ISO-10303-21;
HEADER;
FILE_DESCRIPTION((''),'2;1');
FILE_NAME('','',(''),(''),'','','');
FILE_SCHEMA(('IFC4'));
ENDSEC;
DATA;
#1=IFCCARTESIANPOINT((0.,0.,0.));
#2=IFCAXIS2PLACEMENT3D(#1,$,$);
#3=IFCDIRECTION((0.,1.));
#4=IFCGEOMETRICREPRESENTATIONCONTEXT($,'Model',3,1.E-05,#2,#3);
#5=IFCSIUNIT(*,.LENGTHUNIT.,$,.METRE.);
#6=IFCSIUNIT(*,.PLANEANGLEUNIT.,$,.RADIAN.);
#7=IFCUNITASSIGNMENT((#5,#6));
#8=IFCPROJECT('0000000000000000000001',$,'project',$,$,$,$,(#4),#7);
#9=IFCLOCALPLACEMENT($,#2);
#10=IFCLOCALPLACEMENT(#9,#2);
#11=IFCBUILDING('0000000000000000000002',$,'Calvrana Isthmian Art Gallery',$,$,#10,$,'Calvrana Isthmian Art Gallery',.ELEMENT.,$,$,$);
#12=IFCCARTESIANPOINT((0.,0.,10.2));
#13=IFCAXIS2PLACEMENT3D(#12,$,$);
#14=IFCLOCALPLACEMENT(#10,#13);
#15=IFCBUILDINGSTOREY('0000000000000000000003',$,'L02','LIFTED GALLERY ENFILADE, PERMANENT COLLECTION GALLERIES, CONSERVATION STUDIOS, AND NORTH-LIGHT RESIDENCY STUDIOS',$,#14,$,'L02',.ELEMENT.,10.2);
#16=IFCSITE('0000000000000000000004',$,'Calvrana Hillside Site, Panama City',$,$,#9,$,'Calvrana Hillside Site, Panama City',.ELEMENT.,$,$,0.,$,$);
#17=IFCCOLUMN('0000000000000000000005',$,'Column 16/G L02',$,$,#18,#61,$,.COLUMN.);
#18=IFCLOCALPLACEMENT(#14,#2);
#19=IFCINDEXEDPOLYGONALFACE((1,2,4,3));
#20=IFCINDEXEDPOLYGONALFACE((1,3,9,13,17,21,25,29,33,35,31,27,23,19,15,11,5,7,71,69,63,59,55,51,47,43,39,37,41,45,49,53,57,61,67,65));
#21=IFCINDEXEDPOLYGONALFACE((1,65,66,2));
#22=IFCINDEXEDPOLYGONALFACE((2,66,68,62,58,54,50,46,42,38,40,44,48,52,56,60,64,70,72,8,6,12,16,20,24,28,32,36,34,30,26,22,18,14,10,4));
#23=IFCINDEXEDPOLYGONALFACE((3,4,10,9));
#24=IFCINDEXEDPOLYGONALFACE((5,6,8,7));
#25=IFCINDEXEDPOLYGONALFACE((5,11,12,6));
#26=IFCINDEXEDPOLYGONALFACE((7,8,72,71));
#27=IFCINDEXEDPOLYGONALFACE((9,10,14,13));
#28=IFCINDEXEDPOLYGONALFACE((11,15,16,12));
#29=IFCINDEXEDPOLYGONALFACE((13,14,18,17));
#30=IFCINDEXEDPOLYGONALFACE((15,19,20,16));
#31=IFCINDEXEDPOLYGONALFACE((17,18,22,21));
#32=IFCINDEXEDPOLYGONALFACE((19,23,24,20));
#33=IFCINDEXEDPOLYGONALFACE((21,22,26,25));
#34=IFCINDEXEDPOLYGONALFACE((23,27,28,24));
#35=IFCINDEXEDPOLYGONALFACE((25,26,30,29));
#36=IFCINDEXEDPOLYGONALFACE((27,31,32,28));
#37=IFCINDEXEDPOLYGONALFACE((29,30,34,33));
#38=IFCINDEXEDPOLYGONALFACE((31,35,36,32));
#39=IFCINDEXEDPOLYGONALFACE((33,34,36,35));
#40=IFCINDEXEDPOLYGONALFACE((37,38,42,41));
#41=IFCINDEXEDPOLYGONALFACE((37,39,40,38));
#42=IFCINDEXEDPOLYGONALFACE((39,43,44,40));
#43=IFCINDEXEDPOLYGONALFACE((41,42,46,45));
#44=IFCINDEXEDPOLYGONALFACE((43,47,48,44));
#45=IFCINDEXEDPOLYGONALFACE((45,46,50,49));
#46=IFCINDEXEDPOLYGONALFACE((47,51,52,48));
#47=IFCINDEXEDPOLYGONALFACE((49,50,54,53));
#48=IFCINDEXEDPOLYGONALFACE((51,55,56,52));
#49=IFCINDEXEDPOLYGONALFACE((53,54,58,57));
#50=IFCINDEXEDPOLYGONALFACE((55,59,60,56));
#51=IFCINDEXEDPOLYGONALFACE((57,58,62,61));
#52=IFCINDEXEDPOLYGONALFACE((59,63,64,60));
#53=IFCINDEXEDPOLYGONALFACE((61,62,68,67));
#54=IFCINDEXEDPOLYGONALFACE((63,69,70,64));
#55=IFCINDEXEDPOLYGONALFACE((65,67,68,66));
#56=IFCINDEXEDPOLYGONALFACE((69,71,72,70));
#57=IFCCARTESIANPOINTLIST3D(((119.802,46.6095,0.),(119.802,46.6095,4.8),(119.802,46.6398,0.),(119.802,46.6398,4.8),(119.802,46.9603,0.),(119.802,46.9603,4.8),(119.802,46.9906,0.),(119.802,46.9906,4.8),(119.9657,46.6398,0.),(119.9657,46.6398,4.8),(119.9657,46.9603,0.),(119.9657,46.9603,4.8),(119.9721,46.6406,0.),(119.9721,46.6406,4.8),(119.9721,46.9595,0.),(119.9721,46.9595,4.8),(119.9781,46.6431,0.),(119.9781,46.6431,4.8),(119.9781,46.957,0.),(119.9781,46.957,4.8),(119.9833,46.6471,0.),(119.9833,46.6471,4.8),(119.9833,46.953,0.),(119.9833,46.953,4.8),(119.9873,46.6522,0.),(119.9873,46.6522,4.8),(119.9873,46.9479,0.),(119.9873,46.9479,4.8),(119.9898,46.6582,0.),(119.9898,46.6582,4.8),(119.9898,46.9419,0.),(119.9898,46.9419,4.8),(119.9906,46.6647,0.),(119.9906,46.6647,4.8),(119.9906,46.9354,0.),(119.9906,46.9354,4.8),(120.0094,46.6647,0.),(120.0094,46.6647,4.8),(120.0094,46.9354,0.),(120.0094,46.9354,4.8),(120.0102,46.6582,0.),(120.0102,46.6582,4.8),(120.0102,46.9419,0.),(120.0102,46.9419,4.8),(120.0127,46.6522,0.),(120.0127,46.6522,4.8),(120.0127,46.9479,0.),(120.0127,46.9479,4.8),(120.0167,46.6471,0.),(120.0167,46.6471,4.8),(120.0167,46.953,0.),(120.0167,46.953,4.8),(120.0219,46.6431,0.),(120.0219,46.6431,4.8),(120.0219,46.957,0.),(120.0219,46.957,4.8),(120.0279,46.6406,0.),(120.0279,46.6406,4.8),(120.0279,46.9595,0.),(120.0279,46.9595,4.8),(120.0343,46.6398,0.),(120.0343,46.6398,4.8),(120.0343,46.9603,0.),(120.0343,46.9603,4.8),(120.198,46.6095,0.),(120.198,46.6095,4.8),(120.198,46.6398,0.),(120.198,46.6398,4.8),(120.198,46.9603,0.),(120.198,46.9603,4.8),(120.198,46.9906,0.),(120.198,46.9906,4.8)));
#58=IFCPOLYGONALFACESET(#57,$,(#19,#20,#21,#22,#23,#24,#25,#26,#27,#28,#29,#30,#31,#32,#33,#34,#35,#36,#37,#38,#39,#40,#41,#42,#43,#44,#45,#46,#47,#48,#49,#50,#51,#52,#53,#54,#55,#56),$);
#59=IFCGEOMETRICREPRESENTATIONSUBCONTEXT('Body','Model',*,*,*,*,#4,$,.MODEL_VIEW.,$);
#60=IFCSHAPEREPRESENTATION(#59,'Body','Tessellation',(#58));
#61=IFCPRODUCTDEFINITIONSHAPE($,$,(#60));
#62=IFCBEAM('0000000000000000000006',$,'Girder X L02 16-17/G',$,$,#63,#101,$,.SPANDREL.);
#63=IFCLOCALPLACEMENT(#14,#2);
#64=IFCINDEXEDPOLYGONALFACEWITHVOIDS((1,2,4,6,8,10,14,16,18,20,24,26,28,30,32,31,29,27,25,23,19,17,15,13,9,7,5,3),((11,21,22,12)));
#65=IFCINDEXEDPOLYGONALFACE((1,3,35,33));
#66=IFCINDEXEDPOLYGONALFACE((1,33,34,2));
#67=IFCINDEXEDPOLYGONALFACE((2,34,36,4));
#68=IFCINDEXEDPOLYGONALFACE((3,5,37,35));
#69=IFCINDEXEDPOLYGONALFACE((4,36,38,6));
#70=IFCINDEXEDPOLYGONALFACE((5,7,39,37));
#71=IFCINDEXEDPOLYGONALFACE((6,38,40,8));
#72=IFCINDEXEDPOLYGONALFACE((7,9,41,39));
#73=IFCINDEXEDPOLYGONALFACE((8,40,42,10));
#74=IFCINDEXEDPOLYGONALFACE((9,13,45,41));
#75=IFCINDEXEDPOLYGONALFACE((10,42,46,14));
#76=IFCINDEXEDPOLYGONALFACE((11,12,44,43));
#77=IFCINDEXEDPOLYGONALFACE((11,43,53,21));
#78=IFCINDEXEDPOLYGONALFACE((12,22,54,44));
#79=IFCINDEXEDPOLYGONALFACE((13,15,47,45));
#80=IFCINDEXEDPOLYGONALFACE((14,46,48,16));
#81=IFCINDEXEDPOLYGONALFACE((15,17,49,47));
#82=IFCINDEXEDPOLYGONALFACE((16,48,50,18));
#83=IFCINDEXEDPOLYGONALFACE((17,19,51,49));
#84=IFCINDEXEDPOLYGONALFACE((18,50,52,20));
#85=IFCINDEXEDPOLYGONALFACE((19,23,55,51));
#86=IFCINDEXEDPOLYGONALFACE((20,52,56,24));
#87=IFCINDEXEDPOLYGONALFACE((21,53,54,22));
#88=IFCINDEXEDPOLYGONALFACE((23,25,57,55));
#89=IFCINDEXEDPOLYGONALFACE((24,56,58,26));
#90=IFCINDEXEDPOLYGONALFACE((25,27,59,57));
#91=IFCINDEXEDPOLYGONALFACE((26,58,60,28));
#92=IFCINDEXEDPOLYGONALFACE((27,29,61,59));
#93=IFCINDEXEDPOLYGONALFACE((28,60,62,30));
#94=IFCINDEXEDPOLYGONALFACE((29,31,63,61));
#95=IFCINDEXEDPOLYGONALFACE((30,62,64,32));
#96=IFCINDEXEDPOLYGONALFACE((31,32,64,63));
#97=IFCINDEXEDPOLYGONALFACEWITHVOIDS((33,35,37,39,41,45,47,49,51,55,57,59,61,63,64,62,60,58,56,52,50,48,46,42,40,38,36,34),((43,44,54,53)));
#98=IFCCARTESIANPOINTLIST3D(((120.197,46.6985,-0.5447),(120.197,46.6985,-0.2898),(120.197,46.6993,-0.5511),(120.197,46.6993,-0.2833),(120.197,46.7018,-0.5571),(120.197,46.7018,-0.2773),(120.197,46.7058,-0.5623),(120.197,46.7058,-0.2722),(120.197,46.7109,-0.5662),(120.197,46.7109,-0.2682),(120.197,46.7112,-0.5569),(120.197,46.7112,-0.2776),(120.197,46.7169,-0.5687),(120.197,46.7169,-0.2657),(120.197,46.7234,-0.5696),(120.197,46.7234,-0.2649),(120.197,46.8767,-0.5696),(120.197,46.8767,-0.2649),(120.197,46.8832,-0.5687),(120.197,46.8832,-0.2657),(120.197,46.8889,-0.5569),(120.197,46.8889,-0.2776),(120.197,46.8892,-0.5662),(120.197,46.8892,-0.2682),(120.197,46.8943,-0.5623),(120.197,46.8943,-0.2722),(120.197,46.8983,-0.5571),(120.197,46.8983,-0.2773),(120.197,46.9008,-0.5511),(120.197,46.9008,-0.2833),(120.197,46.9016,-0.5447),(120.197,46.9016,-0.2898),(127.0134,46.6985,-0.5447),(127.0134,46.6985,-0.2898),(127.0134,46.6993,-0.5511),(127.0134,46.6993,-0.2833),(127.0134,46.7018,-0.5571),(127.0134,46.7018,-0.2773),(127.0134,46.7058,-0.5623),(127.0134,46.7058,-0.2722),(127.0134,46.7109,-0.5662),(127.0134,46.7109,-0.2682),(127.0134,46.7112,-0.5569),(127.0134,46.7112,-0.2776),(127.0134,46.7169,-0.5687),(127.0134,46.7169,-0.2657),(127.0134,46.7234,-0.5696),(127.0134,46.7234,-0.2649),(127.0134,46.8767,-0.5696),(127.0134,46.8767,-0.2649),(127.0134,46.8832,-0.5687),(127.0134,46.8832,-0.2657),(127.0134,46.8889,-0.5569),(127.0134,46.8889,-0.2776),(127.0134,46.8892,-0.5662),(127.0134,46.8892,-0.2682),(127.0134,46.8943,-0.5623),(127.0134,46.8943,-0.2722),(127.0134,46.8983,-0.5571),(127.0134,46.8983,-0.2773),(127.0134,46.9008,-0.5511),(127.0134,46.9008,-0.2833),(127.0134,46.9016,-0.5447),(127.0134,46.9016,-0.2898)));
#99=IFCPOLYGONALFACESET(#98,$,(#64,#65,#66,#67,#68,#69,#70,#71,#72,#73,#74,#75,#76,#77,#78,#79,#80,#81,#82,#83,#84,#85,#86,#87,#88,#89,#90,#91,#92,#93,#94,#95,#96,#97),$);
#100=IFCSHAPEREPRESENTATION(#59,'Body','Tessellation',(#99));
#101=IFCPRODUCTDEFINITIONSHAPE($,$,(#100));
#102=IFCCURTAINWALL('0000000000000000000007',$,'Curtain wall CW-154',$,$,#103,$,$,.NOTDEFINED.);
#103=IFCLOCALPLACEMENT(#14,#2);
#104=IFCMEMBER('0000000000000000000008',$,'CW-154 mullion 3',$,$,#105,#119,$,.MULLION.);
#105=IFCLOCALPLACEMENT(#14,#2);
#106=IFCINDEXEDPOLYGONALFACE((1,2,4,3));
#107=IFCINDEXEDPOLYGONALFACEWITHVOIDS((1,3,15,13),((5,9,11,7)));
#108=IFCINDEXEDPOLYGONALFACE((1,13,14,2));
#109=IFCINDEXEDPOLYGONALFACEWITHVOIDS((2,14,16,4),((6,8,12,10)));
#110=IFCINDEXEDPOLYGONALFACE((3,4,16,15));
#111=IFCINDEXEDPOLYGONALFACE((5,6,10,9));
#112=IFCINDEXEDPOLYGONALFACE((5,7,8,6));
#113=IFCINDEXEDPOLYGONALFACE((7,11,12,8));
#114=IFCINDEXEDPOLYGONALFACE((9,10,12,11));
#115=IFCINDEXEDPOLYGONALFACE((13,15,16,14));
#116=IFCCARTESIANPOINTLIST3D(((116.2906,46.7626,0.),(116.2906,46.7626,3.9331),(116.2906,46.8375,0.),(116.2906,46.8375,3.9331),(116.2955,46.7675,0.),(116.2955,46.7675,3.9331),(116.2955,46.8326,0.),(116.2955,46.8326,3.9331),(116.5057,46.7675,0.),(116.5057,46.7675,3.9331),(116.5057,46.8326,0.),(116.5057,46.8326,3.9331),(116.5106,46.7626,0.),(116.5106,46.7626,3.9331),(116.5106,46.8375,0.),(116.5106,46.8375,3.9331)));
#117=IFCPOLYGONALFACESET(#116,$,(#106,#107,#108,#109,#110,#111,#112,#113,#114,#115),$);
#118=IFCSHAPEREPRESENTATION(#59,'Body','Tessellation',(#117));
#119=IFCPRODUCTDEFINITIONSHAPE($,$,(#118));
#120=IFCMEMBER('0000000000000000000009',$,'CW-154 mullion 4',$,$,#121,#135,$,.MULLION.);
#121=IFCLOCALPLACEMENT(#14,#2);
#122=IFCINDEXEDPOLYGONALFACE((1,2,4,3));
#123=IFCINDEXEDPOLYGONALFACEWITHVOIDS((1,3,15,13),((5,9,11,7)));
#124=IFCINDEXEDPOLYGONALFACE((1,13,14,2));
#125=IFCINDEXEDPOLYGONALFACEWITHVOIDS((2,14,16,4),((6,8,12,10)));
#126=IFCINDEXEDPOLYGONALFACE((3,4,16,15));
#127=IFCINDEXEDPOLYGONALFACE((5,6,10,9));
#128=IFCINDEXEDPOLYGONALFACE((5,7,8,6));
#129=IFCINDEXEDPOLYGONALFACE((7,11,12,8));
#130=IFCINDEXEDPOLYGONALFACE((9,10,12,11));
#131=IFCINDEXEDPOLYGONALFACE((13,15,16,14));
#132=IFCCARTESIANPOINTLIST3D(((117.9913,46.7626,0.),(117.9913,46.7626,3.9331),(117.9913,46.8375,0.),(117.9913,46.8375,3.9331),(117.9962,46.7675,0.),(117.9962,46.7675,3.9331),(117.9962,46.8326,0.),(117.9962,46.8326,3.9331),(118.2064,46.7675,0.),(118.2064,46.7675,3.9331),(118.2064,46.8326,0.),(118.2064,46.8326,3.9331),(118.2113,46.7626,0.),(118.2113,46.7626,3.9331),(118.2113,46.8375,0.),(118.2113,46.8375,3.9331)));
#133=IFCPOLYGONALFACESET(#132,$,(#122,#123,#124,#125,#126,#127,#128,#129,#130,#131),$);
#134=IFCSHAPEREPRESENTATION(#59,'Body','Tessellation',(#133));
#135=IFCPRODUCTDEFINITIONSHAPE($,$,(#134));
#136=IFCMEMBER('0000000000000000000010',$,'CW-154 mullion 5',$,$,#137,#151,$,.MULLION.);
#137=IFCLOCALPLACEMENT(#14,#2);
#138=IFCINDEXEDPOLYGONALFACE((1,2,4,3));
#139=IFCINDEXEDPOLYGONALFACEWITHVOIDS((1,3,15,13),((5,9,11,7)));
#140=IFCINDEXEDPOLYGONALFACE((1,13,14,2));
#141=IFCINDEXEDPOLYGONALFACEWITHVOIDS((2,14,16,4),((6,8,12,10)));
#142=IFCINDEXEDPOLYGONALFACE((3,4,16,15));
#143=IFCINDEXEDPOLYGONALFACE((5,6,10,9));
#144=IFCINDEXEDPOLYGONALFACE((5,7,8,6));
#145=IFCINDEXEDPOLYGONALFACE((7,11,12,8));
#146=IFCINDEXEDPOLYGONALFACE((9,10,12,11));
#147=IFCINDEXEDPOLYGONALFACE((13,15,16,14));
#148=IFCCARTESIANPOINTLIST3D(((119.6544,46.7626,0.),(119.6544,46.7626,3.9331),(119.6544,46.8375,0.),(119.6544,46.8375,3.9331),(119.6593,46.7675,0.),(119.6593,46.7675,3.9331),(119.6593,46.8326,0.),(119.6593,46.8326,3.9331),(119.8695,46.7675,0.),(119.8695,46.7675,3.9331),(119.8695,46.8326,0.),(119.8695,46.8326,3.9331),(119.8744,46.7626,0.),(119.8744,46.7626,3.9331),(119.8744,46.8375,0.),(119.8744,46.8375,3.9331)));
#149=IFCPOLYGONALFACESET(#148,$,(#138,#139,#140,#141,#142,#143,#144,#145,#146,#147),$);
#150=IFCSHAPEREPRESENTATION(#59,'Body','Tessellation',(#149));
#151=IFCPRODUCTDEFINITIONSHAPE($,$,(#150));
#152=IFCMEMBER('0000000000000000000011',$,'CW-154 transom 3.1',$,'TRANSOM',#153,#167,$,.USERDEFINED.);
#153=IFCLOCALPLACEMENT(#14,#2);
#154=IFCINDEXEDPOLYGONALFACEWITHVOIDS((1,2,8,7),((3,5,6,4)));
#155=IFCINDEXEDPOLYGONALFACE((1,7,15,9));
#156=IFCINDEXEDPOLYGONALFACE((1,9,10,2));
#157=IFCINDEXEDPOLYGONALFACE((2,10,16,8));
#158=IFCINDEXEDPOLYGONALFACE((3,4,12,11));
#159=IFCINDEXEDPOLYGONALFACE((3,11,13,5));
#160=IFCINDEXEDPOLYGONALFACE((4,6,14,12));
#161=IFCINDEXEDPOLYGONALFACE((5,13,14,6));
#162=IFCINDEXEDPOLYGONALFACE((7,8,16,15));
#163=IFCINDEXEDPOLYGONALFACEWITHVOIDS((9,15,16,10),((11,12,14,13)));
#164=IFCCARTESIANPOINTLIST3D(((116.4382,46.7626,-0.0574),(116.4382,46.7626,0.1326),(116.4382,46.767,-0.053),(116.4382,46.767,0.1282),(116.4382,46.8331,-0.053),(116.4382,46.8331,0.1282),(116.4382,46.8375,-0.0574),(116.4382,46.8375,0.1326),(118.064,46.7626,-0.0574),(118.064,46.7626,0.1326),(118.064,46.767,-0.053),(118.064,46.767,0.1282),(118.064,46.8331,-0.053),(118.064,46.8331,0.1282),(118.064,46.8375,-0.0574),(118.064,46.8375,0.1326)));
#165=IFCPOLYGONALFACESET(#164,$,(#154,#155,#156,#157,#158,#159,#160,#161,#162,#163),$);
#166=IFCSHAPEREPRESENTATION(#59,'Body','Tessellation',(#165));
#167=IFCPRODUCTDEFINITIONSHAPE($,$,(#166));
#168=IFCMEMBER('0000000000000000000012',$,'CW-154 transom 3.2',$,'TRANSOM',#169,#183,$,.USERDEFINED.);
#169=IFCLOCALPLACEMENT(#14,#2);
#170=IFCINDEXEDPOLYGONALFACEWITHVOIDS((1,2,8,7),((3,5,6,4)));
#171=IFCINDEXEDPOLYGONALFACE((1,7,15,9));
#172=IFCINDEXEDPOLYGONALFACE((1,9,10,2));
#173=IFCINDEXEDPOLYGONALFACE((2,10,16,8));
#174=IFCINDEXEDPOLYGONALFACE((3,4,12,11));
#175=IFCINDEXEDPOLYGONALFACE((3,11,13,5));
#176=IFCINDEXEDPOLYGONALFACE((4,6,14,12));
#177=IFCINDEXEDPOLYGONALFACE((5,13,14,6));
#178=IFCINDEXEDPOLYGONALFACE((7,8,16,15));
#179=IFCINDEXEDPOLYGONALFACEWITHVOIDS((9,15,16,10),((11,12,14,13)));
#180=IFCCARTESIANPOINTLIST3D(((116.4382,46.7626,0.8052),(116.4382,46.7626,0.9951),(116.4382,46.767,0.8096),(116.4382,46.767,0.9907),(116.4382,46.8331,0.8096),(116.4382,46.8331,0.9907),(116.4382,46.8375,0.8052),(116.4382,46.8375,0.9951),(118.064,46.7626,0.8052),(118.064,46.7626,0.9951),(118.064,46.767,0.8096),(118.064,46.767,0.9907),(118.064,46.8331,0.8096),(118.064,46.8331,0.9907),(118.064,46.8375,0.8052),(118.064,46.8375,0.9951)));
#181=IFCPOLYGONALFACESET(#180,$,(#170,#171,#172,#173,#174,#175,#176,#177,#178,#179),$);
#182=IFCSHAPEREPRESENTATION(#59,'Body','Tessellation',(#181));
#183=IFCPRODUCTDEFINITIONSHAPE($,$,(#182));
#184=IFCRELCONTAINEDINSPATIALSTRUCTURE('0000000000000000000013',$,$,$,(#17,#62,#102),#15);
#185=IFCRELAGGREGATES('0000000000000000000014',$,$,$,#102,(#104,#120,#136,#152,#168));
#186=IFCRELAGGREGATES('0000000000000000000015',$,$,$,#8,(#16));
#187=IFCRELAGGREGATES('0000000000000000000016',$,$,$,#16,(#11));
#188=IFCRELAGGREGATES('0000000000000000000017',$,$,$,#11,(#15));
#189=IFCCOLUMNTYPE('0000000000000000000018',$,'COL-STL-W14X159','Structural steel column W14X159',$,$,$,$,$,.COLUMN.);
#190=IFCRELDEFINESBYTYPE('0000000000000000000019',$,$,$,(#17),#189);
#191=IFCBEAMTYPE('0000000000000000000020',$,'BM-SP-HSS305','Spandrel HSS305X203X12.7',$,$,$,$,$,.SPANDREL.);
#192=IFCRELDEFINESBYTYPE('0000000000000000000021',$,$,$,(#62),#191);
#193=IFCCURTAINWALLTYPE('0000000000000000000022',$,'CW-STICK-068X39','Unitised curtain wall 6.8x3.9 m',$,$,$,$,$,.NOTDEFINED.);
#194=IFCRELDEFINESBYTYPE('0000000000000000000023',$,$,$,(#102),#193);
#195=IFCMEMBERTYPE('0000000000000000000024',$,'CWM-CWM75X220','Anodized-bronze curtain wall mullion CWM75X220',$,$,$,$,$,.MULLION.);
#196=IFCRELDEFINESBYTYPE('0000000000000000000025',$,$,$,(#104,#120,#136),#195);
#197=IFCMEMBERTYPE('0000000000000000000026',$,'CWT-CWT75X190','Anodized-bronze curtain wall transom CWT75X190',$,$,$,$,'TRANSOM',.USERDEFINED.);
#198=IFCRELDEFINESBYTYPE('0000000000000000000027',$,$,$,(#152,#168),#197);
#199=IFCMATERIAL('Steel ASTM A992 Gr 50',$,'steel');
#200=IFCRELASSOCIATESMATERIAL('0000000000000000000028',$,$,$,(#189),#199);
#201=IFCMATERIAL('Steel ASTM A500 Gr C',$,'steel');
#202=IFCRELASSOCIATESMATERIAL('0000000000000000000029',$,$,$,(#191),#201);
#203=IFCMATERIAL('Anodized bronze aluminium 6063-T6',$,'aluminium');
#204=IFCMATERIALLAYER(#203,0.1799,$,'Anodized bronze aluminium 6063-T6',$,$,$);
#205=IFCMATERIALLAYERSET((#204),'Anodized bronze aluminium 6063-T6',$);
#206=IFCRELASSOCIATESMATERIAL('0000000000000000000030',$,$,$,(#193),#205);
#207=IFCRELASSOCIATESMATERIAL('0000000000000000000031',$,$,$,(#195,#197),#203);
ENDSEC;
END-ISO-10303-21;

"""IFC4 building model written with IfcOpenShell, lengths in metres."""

from ifc_helpers import new_model, si_unit, direction, frame, origin, origin_2d, place, context, subcontext, project, spatial, hollow_rectangle, i_section, extrude, material, layer, layer_set, material_profile, profile_set, type_object, element, aggregate, save


model = new_model("IFC4")

# Units and contexts
model_context = context("Model", 3, precision=1e-05, world=origin(), true_north=direction((0.0, 1.0)))
body_context = subcontext(model_context, "Body", "Model", "MODEL_VIEW")
ifc_project = project(units=[si_unit("LENGTHUNIT", "METRE"), si_unit("PLANEANGLEUNIT", "RADIAN")], contexts=[model_context])

# Site, building, storey
site_placement = place(None, origin())
site = spatial("IfcSite", under=ifc_project, at=site_placement, Name="Calvrana Hillside Site, Panama City", LongName="Calvrana Hillside Site, Panama City", CompositionType="ELEMENT", RefElevation=0.0)
building_placement = place(site_placement, origin())
building = spatial("IfcBuilding", under=site, at=building_placement, Name="Calvrana Isthmian Art Gallery", LongName="Calvrana Isthmian Art Gallery", CompositionType="ELEMENT")
storey_placement = place(building_placement, frame((0.0, 0.0, 10.2)))
storey = spatial("IfcBuildingStorey", under=building, at=storey_placement, Name="L02", Description="LIFTED GALLERY ENFILADE, PERMANENT COLLECTION GALLERIES, CONSERVATION STUDIOS, AND NORTH-LIGHT RESIDENCY STUDIOS", LongName="L02", CompositionType="ELEMENT", Elevation=10.2)

# Column
ifc_material_1 = material(Name="Steel ASTM A992 Gr 50", Category="steel")
ifc_material_profile_1 = material_profile(ifc_material_1, i_section(OverallWidth=0.396, OverallDepth=0.3811, WebThickness=0.0188, FlangeThickness=0.0303, FilletRadius=0.0249, at=origin_2d()), Name="W14X159")
ifc_profile_set_1 = profile_set([ifc_material_profile_1], Name="Steel ASTM A992 Gr 50")
column_type = type_object("IfcColumnType", Name="COL-STL-W14X159", Description="Structural steel column W14X159", PredefinedType="COLUMN", material=ifc_profile_set_1)
column_placement = place(storey_placement, frame((120.0, 46.8, 0.0), z_axis=(0.0, 0.0, 1.0), x_axis=(1.0, 0.0, 0.0)))
element("IfcColumn", 1, at=column_placement, inside=storey, type_object=column_type, Name="Column 16/G L02", PredefinedType="COLUMN", context=body_context, shape_type="SweptSolid", body=[
    extrude(i_section(OverallWidth=0.396, OverallDepth=0.3811, WebThickness=0.0188, FlangeThickness=0.0303, FilletRadius=0.0249, at=origin_2d()), origin(), (0.0, 0.0, 1.0), 4.8),
])

# Beam
ifc_material_2 = material(Name="Steel ASTM A500 Gr C", Category="steel")
ifc_material_profile_2 = material_profile(ifc_material_2, hollow_rectangle(XDim=0.2031, YDim=0.3047, WallThickness=0.0127, OuterFilletRadius=0.0249, at=origin_2d()), Name="HSS305X203X12.7")
ifc_profile_set_2 = profile_set([ifc_material_profile_2], Name="Steel ASTM A500 Gr C")
beam_type = type_object("IfcBeamType", Name="BM-SP-HSS305", Description="Spandrel HSS305X203X12.7", PredefinedType="SPANDREL", material=ifc_profile_set_2)
beam_placement = place(storey_placement, frame((120.197, 46.8, -0.4172), z_axis=(1.0, 0.0, 0.0), x_axis=(0.0, 1.0, 0.0)))
element("IfcBeam", 2, at=beam_placement, inside=storey, type_object=beam_type, Name="Girder X L02 16-17/G", PredefinedType="SPANDREL", context=body_context, shape_type="SweptSolid", body=[
    extrude(hollow_rectangle(XDim=0.2031, YDim=0.3047, WallThickness=0.0127, OuterFilletRadius=0.0249, at=origin_2d()), origin(), (0.0, 0.0, 1.0), 6.8164),
])

# Curtain wall, members
ifc_material_3 = material(Name="Anodized bronze aluminium 6063-T6", Category="aluminium")
ifc_layer_1 = layer(ifc_material_3, 0.1799, Name="Anodized bronze aluminium 6063-T6")
ifc_layer_set_1 = layer_set([ifc_layer_1], Name="Anodized bronze aluminium 6063-T6")
curtain_wall_type = type_object("IfcCurtainWallType", Name="CW-STICK-068X39", Description="Unitised curtain wall 6.8x3.9 m", PredefinedType="NOTDEFINED", material=ifc_layer_set_1)
curtain_wall_placement = place(storey_placement, origin())
curtain_wall = element("IfcCurtainWall", 3, at=curtain_wall_placement, inside=storey, type_object=curtain_wall_type, Name="Curtain wall CW-154", PredefinedType="NOTDEFINED")
ifc_material_profile_3 = material_profile(ifc_material_3, hollow_rectangle(XDim=0.075, YDim=0.22, WallThickness=0.0049, at=origin_2d()), Name="CWM75X220")
ifc_profile_set_3 = profile_set([ifc_material_profile_3], Name="Anodized bronze aluminium 6063-T6")
member_type_1 = type_object("IfcMemberType", Name="CWM-CWM75X220", Description="Anodized-bronze curtain wall mullion CWM75X220", PredefinedType="MULLION", material=ifc_profile_set_3)
member_1_placement = place(storey_placement, frame((116.4006, 46.8, 0.0), z_axis=(0.0, 0.0, 1.0), x_axis=(0.0, 1.0, 0.0)))
member_1 = element("IfcMember", 4, at=member_1_placement, type_object=member_type_1, Name="CW-154 mullion 3", PredefinedType="MULLION", context=body_context, shape_type="SweptSolid", body=[
    extrude(hollow_rectangle(XDim=0.075, YDim=0.22, WallThickness=0.0049, at=origin_2d()), origin(), (0.0, 0.0, 1.0), 3.9331),
])
member_2_placement = place(storey_placement, frame((118.1013, 46.8, 0.0), z_axis=(0.0, 0.0, 1.0), x_axis=(0.0, 1.0, 0.0)))
member_2 = element("IfcMember", 5, at=member_2_placement, type_object=member_type_1, Name="CW-154 mullion 4", PredefinedType="MULLION", context=body_context, shape_type="SweptSolid", body=[
    extrude(hollow_rectangle(XDim=0.075, YDim=0.22, WallThickness=0.0049, at=origin_2d()), origin(), (0.0, 0.0, 1.0), 3.9331),
])
member_3_placement = place(storey_placement, frame((119.7644, 46.8, 0.0), z_axis=(0.0, 0.0, 1.0), x_axis=(0.0, 1.0, 0.0)))
member_3 = element("IfcMember", 6, at=member_3_placement, type_object=member_type_1, Name="CW-154 mullion 5", PredefinedType="MULLION", context=body_context, shape_type="SweptSolid", body=[
    extrude(hollow_rectangle(XDim=0.075, YDim=0.22, WallThickness=0.0049, at=origin_2d()), origin(), (0.0, 0.0, 1.0), 3.9331),
])
ifc_material_profile_4 = material_profile(ifc_material_3, hollow_rectangle(XDim=0.075, YDim=0.1899, WallThickness=0.0044, at=origin_2d()), Name="CWT75X190")
ifc_profile_set_4 = profile_set([ifc_material_profile_4], Name="Anodized bronze aluminium 6063-T6")
member_type_2 = type_object("IfcMemberType", Name="CWT-CWT75X190", Description="Anodized-bronze curtain wall transom CWT75X190", ElementType="TRANSOM", PredefinedType="USERDEFINED", material=ifc_profile_set_4)
member_4_placement = place(storey_placement, frame((116.4382, 46.8, 0.0376), z_axis=(1.0, 0.0, 0.0), x_axis=(0.0, 1.0, 0.0)))
member_4 = element("IfcMember", 7, at=member_4_placement, type_object=member_type_2, Name="CW-154 transom 3.1", ObjectType="TRANSOM", PredefinedType="USERDEFINED", context=body_context, shape_type="SweptSolid", body=[
    extrude(hollow_rectangle(XDim=0.075, YDim=0.1899, WallThickness=0.0044, at=origin_2d()), origin(), (0.0, 0.0, 1.0), 1.6257),
])
member_5_placement = place(storey_placement, frame((116.4382, 46.8, 0.9001), z_axis=(1.0, 0.0, 0.0), x_axis=(0.0, 1.0, 0.0)))
member_5 = element("IfcMember", 8, at=member_5_placement, type_object=member_type_2, Name="CW-154 transom 3.2", ObjectType="TRANSOM", PredefinedType="USERDEFINED", context=body_context, shape_type="SweptSolid", body=[
    extrude(hollow_rectangle(XDim=0.075, YDim=0.1899, WallThickness=0.0044, at=origin_2d()), origin(), (0.0, 0.0, 1.0), 1.6257),
])
aggregate(curtain_wall, [member_1, member_2, member_3, member_4, member_5])

save(model, "model.ifc")
